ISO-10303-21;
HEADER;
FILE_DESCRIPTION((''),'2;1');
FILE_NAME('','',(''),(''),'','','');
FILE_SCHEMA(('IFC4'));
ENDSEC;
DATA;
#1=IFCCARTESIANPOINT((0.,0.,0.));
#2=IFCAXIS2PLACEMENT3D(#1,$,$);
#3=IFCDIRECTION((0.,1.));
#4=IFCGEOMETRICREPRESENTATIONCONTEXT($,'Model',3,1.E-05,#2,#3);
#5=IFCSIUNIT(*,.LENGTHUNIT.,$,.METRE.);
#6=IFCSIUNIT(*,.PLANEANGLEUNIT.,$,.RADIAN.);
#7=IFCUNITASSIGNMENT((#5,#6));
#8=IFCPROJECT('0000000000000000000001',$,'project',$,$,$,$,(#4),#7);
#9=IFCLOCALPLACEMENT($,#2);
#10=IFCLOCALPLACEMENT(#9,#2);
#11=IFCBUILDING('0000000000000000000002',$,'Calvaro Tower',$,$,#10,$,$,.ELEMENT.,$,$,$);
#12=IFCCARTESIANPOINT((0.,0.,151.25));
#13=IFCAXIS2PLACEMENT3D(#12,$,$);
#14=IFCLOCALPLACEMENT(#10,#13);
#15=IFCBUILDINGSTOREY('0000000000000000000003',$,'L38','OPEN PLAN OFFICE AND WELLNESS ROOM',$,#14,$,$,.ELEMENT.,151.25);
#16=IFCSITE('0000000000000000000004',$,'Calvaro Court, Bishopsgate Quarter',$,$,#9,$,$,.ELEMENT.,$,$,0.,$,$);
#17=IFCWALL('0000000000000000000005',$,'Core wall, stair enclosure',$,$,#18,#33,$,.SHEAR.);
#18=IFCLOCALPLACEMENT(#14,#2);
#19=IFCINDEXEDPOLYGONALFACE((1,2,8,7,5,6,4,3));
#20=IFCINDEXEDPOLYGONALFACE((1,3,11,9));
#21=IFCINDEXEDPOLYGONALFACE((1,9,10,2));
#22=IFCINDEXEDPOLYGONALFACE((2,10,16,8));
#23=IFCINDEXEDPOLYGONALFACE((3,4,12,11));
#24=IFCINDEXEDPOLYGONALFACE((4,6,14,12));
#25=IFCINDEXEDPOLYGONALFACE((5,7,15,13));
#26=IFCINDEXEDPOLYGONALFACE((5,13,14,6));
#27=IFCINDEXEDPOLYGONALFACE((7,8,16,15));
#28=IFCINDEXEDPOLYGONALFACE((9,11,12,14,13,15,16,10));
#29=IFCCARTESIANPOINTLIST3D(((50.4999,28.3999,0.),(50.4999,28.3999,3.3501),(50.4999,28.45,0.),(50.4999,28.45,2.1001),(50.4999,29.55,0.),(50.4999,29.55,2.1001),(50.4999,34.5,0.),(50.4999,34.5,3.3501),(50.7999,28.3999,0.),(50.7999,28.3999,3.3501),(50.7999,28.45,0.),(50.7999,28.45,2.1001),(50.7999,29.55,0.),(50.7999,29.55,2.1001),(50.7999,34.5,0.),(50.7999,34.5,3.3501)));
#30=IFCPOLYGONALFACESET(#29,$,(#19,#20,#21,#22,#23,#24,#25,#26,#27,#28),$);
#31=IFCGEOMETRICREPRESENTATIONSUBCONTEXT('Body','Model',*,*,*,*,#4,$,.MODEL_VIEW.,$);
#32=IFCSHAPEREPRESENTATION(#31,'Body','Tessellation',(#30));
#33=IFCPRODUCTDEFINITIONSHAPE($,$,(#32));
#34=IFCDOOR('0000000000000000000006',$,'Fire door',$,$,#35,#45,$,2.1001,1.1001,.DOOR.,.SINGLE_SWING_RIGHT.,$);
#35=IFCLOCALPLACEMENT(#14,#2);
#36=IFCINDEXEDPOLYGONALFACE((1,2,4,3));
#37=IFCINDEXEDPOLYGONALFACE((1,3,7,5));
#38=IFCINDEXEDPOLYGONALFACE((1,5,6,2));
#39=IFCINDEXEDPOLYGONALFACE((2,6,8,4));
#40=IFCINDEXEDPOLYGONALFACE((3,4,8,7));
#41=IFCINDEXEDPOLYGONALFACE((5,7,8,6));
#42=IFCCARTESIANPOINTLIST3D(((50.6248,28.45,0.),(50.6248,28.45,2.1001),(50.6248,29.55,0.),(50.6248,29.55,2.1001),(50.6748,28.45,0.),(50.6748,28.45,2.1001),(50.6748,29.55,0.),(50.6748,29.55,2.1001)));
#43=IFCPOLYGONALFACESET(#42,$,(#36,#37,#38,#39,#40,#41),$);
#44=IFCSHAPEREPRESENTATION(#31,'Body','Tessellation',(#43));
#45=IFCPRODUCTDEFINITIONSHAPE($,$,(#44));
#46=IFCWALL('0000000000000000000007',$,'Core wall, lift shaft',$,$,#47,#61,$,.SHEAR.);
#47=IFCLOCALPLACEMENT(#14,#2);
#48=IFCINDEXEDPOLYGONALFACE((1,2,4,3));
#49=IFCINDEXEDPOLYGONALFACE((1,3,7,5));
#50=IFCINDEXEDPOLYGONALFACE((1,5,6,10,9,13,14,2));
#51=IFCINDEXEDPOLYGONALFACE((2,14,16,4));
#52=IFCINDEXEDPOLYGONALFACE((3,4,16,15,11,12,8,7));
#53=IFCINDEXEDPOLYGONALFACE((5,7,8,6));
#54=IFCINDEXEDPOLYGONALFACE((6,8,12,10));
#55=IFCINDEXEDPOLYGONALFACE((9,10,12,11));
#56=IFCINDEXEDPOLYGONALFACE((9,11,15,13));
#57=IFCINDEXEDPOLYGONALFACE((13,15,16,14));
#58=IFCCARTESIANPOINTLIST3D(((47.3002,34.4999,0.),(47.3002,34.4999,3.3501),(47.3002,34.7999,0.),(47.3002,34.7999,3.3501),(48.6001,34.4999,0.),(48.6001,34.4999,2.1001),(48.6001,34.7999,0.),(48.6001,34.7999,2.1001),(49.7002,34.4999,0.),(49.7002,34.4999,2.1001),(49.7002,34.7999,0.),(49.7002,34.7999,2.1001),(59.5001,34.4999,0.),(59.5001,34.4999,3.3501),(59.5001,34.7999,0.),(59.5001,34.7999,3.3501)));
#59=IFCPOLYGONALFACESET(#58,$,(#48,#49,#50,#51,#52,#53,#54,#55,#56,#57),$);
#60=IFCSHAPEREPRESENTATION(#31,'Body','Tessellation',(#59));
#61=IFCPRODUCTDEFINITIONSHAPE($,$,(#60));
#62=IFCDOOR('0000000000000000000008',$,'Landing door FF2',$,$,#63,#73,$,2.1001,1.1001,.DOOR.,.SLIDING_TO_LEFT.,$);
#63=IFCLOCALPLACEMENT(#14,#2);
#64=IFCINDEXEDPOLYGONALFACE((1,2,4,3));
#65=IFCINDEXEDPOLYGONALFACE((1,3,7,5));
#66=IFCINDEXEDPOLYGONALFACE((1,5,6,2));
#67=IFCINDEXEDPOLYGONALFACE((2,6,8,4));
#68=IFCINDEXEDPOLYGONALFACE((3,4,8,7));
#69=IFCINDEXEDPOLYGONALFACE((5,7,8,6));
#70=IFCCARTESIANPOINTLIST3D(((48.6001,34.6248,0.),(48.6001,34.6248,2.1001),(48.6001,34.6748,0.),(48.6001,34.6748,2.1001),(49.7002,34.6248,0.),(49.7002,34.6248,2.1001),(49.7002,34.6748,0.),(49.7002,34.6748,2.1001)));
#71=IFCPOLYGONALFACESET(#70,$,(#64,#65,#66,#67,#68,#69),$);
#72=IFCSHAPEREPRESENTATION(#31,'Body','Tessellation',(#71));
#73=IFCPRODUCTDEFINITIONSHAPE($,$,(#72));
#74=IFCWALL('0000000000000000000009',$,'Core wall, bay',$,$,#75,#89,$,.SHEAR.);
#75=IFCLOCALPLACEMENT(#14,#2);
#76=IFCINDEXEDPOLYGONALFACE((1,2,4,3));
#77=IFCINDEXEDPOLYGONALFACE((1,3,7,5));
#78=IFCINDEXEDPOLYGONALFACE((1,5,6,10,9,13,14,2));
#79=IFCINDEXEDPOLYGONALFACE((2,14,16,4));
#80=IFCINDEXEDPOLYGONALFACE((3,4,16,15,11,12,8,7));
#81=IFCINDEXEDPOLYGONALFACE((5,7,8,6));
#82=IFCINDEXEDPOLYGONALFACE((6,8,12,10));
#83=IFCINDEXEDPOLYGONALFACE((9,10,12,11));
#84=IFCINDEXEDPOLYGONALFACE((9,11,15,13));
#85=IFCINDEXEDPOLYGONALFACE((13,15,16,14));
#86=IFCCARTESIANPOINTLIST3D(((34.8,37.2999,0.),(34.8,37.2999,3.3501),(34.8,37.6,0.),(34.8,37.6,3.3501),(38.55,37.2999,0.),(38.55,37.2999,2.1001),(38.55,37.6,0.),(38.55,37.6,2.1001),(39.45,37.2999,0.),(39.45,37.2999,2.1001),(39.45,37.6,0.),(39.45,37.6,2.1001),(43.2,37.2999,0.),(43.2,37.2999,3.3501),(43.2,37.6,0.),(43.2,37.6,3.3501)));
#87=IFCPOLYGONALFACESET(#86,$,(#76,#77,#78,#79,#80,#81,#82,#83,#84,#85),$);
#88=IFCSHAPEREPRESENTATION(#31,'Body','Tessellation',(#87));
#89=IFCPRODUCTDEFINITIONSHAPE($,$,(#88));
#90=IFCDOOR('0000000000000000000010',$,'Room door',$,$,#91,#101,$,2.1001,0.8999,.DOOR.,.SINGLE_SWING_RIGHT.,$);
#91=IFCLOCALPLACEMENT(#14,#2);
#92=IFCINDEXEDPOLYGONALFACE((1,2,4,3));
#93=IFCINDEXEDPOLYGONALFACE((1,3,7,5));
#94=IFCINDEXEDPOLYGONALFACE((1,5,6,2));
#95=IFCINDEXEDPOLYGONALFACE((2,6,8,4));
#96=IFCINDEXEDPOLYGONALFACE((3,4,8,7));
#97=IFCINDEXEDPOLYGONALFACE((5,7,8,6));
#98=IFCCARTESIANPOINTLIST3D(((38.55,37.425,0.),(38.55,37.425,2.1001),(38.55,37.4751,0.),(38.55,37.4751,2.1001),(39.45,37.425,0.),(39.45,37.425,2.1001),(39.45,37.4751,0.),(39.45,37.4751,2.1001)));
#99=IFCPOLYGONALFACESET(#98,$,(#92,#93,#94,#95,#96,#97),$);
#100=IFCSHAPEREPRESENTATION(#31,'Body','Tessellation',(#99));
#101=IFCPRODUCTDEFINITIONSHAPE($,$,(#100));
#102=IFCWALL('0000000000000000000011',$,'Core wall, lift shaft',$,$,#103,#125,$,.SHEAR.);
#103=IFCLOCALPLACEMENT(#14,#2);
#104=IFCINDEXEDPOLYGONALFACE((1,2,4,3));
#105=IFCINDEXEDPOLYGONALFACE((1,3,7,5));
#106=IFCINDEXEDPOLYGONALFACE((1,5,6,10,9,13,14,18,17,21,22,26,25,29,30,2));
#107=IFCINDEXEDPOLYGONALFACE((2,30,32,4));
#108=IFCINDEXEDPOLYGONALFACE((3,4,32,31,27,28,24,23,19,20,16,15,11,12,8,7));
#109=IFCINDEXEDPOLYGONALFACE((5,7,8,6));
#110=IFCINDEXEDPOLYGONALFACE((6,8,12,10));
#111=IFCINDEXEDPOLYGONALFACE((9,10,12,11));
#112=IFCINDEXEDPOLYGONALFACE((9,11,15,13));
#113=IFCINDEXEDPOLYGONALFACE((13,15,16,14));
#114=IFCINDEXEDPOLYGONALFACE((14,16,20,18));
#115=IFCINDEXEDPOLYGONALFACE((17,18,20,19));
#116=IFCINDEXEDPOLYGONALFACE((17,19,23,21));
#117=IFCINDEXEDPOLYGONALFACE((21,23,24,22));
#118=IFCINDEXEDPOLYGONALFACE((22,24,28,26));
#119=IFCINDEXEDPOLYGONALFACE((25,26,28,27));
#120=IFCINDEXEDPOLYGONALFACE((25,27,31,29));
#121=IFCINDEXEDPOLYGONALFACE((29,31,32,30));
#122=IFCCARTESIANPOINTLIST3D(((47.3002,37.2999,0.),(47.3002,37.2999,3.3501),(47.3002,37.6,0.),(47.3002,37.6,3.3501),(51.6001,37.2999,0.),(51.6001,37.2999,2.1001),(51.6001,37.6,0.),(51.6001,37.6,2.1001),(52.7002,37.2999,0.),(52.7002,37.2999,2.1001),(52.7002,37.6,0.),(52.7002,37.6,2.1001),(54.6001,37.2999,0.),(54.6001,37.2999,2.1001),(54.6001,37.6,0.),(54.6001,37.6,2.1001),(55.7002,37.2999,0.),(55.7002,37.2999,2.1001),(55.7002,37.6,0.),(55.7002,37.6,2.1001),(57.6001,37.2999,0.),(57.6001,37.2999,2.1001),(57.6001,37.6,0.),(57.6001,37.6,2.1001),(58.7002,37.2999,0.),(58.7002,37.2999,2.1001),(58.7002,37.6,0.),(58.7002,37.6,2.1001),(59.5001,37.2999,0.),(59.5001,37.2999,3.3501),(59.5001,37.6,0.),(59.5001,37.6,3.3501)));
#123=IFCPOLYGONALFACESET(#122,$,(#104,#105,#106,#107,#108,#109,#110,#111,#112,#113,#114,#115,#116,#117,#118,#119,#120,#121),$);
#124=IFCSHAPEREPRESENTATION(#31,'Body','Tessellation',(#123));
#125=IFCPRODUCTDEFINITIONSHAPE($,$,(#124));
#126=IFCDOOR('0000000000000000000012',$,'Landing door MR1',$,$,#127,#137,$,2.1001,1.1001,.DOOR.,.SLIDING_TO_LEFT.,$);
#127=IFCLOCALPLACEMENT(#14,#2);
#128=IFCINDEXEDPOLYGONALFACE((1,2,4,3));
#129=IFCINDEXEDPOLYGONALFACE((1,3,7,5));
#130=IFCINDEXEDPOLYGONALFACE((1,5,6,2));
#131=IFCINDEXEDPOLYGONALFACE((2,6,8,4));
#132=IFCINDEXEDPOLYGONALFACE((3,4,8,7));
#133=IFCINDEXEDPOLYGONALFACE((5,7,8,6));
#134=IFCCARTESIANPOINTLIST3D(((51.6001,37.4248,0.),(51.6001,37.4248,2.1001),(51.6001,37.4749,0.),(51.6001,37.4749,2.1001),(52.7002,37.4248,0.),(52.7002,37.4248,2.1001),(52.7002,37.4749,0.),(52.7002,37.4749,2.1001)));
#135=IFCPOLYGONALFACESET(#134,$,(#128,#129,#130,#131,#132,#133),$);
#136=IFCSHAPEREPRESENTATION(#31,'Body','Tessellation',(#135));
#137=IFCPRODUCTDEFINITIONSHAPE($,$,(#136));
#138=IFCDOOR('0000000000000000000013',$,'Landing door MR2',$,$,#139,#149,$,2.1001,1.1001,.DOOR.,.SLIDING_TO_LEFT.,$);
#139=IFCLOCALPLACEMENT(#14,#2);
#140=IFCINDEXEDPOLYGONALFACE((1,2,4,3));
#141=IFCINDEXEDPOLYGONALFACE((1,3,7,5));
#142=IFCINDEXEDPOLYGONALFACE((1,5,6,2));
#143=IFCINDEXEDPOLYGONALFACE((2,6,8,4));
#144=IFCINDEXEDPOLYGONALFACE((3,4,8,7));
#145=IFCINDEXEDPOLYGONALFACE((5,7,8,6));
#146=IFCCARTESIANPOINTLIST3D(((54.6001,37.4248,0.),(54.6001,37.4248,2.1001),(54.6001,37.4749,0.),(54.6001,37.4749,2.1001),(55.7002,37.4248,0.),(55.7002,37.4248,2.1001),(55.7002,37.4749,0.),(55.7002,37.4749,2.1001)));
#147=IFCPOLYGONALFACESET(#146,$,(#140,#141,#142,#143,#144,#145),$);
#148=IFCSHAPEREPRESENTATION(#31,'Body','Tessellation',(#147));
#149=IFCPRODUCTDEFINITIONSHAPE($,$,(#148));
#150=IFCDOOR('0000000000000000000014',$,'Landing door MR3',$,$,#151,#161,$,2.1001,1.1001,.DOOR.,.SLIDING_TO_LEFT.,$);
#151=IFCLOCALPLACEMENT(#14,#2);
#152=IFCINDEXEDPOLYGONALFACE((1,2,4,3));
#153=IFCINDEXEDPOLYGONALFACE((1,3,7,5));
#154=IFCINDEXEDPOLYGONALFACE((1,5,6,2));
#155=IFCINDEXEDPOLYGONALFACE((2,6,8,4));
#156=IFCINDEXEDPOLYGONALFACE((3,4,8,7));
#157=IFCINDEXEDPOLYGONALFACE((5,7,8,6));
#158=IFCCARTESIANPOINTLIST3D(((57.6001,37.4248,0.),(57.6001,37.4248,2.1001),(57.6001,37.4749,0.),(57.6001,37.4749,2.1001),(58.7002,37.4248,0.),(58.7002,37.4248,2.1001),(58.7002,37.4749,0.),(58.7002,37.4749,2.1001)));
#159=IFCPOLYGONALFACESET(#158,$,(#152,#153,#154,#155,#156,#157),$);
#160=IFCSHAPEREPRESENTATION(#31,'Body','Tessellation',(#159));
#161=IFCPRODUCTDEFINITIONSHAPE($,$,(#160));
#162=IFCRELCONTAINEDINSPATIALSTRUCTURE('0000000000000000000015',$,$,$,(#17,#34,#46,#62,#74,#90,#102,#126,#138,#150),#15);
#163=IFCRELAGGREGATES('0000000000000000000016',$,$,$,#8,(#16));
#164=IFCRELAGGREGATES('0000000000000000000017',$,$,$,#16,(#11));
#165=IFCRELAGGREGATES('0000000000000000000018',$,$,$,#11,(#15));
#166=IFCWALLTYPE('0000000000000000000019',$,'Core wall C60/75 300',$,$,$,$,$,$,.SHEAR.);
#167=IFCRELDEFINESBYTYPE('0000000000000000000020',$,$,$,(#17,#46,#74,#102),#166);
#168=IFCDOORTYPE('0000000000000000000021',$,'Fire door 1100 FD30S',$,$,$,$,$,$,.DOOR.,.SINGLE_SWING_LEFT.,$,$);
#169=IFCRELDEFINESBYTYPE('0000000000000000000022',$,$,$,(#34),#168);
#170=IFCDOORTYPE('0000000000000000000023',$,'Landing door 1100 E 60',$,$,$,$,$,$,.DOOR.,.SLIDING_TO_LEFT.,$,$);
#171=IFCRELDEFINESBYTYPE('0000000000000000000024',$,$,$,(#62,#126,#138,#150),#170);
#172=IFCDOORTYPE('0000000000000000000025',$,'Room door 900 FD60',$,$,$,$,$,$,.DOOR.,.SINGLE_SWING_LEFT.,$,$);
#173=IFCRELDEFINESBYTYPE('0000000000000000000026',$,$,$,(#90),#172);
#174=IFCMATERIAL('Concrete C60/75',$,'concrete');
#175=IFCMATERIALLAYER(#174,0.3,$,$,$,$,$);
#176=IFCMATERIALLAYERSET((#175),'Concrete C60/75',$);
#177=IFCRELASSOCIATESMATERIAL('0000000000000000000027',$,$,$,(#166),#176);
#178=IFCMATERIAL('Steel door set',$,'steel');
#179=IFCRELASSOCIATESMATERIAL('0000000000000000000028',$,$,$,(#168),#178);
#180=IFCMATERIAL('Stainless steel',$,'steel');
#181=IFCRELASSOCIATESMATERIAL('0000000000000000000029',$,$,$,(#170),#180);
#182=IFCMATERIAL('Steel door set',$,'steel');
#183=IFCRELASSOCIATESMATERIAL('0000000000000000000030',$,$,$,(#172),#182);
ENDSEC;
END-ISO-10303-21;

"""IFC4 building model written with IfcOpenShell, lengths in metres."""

from ifc_helpers import new_model, si_unit, direction, frame, frame_2d, origin, place, context, subcontext, project, spatial, rectangle, extrude, material, layer, layer_set, type_object, element, fill, save


model = new_model("IFC4")

# Units and contexts
model_context = context("Model", 3, precision=1e-05, world=origin(), true_north=direction((0.0, 1.0)))
body_context = subcontext(model_context, "Body", "Model", "MODEL_VIEW")
ifc_project = project(units=[si_unit("LENGTHUNIT", "METRE"), si_unit("PLANEANGLEUNIT", "RADIAN")], contexts=[model_context])

# Site, building, storey
site_placement = place(None, origin())
site = spatial("IfcSite", under=ifc_project, at=site_placement, Name="Calvaro Court, Bishopsgate Quarter", CompositionType="ELEMENT", RefElevation=0.0)
building_placement = place(site_placement, origin())
building = spatial("IfcBuilding", under=site, at=building_placement, Name="Calvaro Tower", CompositionType="ELEMENT")
storey_placement = place(building_placement, frame((0.0, 0.0, 151.25)))
storey = spatial("IfcBuildingStorey", under=building, at=storey_placement, Name="L38", Description="OPEN PLAN OFFICE AND WELLNESS ROOM", CompositionType="ELEMENT", Elevation=151.25)

# Walls, openings, doors
ifc_material_1 = material(Name="Concrete C60/75", Category="concrete")
ifc_layer_1 = layer(ifc_material_1, 0.3)
ifc_layer_set_1 = layer_set([ifc_layer_1], Name="Concrete C60/75")
wall_type_1 = type_object("IfcWallType", Name="Core wall C60/75 300", PredefinedType="SHEAR", material=ifc_layer_set_1)
wall_1_placement = place(storey_placement, frame((50.6499, 34.5, 0.0), z_axis=(0.0, 0.0, 1.0), x_axis=(0.0, -1.0, 0.0)))
wall_1 = element("IfcWall", 1, at=wall_1_placement, inside=storey, type_object=wall_type_1, Name="Core wall, stair enclosure", PredefinedType="SHEAR", context=body_context, shape_type="SweptSolid", body=[
    extrude(rectangle(XDim=6.1001, YDim=0.3, at=frame_2d((3.05, 0.0))), origin(), (0.0, 0.0, 1.0), 3.3501),
])
opening_1_placement = place(wall_1_placement, frame((4.95, 0.0, 0.0)))
opening_1 = element("IfcOpeningElement", 2, at=opening_1_placement, cuts=wall_1, PredefinedType="OPENING", context=body_context, shape_type="SweptSolid", body=[
    extrude(rectangle(XDim=1.1001, YDim=2.1001, at=frame_2d((0.55, 1.05))), frame((0.0, 0.1599, 0.0), z_axis=(0.0, -1.0, 0.0), x_axis=(1.0, 0.0, 0.0)), (0.0, 0.0, 1.0), 0.3201),
])
ifc_material_2 = material(Name="Steel door set", Category="steel")
door_type_1 = type_object("IfcDoorType", Name="Fire door 1100 FD30S", OperationType="SINGLE_SWING_LEFT", PredefinedType="DOOR", material=ifc_material_2)
door_1_placement = place(opening_1_placement, origin())
door_1 = element("IfcDoor", 3, at=door_1_placement, inside=storey, type_object=door_type_1, Name="Fire door", OperationType="SINGLE_SWING_RIGHT", OverallHeight=2.1001, OverallWidth=1.1001, PredefinedType="DOOR", context=body_context, shape_type="SweptSolid", body=[
    extrude(rectangle(XDim=1.1001, YDim=2.1001, at=frame_2d((0.55, 1.05))), frame((0.0, 0.0249, 0.0), z_axis=(0.0, -1.0, 0.0), x_axis=(1.0, 0.0, 0.0)), (0.0, 0.0, 1.0), 0.05),
])
fill(opening_1, door_1)
wall_2_placement = place(storey_placement, frame((47.3, 34.6499, 0.0), z_axis=(0.0, 0.0, 1.0), x_axis=(1.0, 0.0, 0.0)))
wall_2 = element("IfcWall", 4, at=wall_2_placement, inside=storey, type_object=wall_type_1, Name="Core wall, lift shaft", PredefinedType="SHEAR", context=body_context, shape_type="SweptSolid", body=[
    extrude(rectangle(XDim=12.2, YDim=0.3, at=frame_2d((6.1001, 0.0))), origin(), (0.0, 0.0, 1.0), 3.3501),
])
opening_2_placement = place(wall_2_placement, frame((1.3, 0.0, 0.0)))
opening_2 = element("IfcOpeningElement", 5, at=opening_2_placement, cuts=wall_2, PredefinedType="OPENING", context=body_context, shape_type="SweptSolid", body=[
    extrude(rectangle(XDim=1.1001, YDim=2.1001, at=frame_2d((0.55, 1.05))), frame((0.0, 0.1599, 0.0), z_axis=(0.0, -1.0, 0.0), x_axis=(1.0, 0.0, 0.0)), (0.0, 0.0, 1.0), 0.3201),
])
ifc_material_3 = material(Name="Stainless steel", Category="steel")
door_type_2 = type_object("IfcDoorType", Name="Landing door 1100 E 60", OperationType="SLIDING_TO_LEFT", PredefinedType="DOOR", material=ifc_material_3)
door_2_placement = place(opening_2_placement, origin())
door_2 = element("IfcDoor", 6, at=door_2_placement, inside=storey, type_object=door_type_2, Name="Landing door FF2", OperationType="SLIDING_TO_LEFT", OverallHeight=2.1001, OverallWidth=1.1001, PredefinedType="DOOR", context=body_context, shape_type="SweptSolid", body=[
    extrude(rectangle(XDim=1.1001, YDim=2.1001, at=frame_2d((0.55, 1.05))), frame((0.0, 0.0249, 0.0), z_axis=(0.0, -1.0, 0.0), x_axis=(1.0, 0.0, 0.0)), (0.0, 0.0, 1.0), 0.05),
])
fill(opening_2, door_2)
wall_3_placement = place(storey_placement, frame((43.2, 37.45, 0.0), z_axis=(0.0, 0.0, 1.0), x_axis=(-1.0, 0.0, 0.0)))
wall_3 = element("IfcWall", 7, at=wall_3_placement, inside=storey, type_object=wall_type_1, Name="Core wall, bay", PredefinedType="SHEAR", context=body_context, shape_type="SweptSolid", body=[
    extrude(rectangle(XDim=8.3999, YDim=0.3, at=frame_2d((4.2, 0.0))), origin(), (0.0, 0.0, 1.0), 3.3501),
])
opening_3_placement = place(wall_3_placement, frame((3.75, 0.0, 0.0)))
opening_3 = element("IfcOpeningElement", 8, at=opening_3_placement, cuts=wall_3, PredefinedType="OPENING", context=body_context, shape_type="SweptSolid", body=[
    extrude(rectangle(XDim=0.8999, YDim=2.1001, at=frame_2d((0.45, 1.05))), frame((0.0, 0.1599, 0.0), z_axis=(0.0, -1.0, 0.0), x_axis=(1.0, 0.0, 0.0)), (0.0, 0.0, 1.0), 0.3201),
])
ifc_material_4 = material(Name="Steel door set", Category="steel")
door_type_3 = type_object("IfcDoorType", Name="Room door 900 FD60", OperationType="SINGLE_SWING_LEFT", PredefinedType="DOOR", material=ifc_material_4)
door_3_placement = place(opening_3_placement, origin())
door_3 = element("IfcDoor", 9, at=door_3_placement, inside=storey, type_object=door_type_3, Name="Room door", OperationType="SINGLE_SWING_RIGHT", OverallHeight=2.1001, OverallWidth=0.8999, PredefinedType="DOOR", context=body_context, shape_type="SweptSolid", body=[
    extrude(rectangle(XDim=0.8999, YDim=2.1001, at=frame_2d((0.45, 1.05))), frame((0.0, 0.0249, 0.0), z_axis=(0.0, -1.0, 0.0), x_axis=(1.0, 0.0, 0.0)), (0.0, 0.0, 1.0), 0.05),
])
fill(opening_3, door_3)

# Wall, openings, doors
wall_4_placement = place(storey_placement, frame((47.3, 37.45, 0.0), z_axis=(0.0, 0.0, 1.0), x_axis=(1.0, 0.0, 0.0)))
wall_4 = element("IfcWall", 10, at=wall_4_placement, inside=storey, type_object=wall_type_1, Name="Core wall, lift shaft", PredefinedType="SHEAR", context=body_context, shape_type="SweptSolid", body=[
    extrude(rectangle(XDim=12.2, YDim=0.3, at=frame_2d((6.1001, 0.0))), origin(), (0.0, 0.0, 1.0), 3.3501),
])
opening_4_placement = place(wall_4_placement, frame((4.3, 0.0, 0.0)))
opening_4 = element("IfcOpeningElement", 11, at=opening_4_placement, cuts=wall_4, PredefinedType="OPENING", context=body_context, shape_type="SweptSolid", body=[
    extrude(rectangle(XDim=1.1001, YDim=2.1001, at=frame_2d((0.55, 1.05))), frame((0.0, 0.1599, 0.0), z_axis=(0.0, -1.0, 0.0), x_axis=(1.0, 0.0, 0.0)), (0.0, 0.0, 1.0), 0.3201),
])
opening_5_placement = place(wall_4_placement, frame((7.3, 0.0, 0.0)))
opening_5 = element("IfcOpeningElement", 12, at=opening_5_placement, cuts=wall_4, PredefinedType="OPENING", context=body_context, shape_type="SweptSolid", body=[
    extrude(rectangle(XDim=1.1001, YDim=2.1001, at=frame_2d((0.55, 1.05))), frame((0.0, 0.1599, 0.0), z_axis=(0.0, -1.0, 0.0), x_axis=(1.0, 0.0, 0.0)), (0.0, 0.0, 1.0), 0.3201),
])
opening_6_placement = place(wall_4_placement, frame((10.3, 0.0, 0.0)))
opening_6 = element("IfcOpeningElement", 13, at=opening_6_placement, cuts=wall_4, PredefinedType="OPENING", context=body_context, shape_type="SweptSolid", body=[
    extrude(rectangle(XDim=1.1001, YDim=2.1001, at=frame_2d((0.55, 1.05))), frame((0.0, 0.1599, 0.0), z_axis=(0.0, -1.0, 0.0), x_axis=(1.0, 0.0, 0.0)), (0.0, 0.0, 1.0), 0.3201),
])
door_4_placement = place(opening_4_placement, origin())
door_4 = element("IfcDoor", 14, at=door_4_placement, inside=storey, type_object=door_type_2, Name="Landing door MR1", OperationType="SLIDING_TO_LEFT", OverallHeight=2.1001, OverallWidth=1.1001, PredefinedType="DOOR", context=body_context, shape_type="SweptSolid", body=[
    extrude(rectangle(XDim=1.1001, YDim=2.1001, at=frame_2d((0.55, 1.05))), frame((0.0, 0.0249, 0.0), z_axis=(0.0, -1.0, 0.0), x_axis=(1.0, 0.0, 0.0)), (0.0, 0.0, 1.0), 0.05),
])
fill(opening_4, door_4)
door_5_placement = place(opening_5_placement, origin())
door_5 = element("IfcDoor", 15, at=door_5_placement, inside=storey, type_object=door_type_2, Name="Landing door MR2", OperationType="SLIDING_TO_LEFT", OverallHeight=2.1001, OverallWidth=1.1001, PredefinedType="DOOR", context=body_context, shape_type="SweptSolid", body=[
    extrude(rectangle(XDim=1.1001, YDim=2.1001, at=frame_2d((0.55, 1.05))), frame((0.0, 0.0249, 0.0), z_axis=(0.0, -1.0, 0.0), x_axis=(1.0, 0.0, 0.0)), (0.0, 0.0, 1.0), 0.05),
])
fill(opening_5, door_5)
door_6_placement = place(opening_6_placement, origin())
door_6 = element("IfcDoor", 16, at=door_6_placement, inside=storey, type_object=door_type_2, Name="Landing door MR3", OperationType="SLIDING_TO_LEFT", OverallHeight=2.1001, OverallWidth=1.1001, PredefinedType="DOOR", context=body_context, shape_type="SweptSolid", body=[
    extrude(rectangle(XDim=1.1001, YDim=2.1001, at=frame_2d((0.55, 1.05))), frame((0.0, 0.0249, 0.0), z_axis=(0.0, -1.0, 0.0), x_axis=(1.0, 0.0, 0.0)), (0.0, 0.0, 1.0), 0.05),
])
fill(opening_6, door_6)

save(model, "model.ifc")
